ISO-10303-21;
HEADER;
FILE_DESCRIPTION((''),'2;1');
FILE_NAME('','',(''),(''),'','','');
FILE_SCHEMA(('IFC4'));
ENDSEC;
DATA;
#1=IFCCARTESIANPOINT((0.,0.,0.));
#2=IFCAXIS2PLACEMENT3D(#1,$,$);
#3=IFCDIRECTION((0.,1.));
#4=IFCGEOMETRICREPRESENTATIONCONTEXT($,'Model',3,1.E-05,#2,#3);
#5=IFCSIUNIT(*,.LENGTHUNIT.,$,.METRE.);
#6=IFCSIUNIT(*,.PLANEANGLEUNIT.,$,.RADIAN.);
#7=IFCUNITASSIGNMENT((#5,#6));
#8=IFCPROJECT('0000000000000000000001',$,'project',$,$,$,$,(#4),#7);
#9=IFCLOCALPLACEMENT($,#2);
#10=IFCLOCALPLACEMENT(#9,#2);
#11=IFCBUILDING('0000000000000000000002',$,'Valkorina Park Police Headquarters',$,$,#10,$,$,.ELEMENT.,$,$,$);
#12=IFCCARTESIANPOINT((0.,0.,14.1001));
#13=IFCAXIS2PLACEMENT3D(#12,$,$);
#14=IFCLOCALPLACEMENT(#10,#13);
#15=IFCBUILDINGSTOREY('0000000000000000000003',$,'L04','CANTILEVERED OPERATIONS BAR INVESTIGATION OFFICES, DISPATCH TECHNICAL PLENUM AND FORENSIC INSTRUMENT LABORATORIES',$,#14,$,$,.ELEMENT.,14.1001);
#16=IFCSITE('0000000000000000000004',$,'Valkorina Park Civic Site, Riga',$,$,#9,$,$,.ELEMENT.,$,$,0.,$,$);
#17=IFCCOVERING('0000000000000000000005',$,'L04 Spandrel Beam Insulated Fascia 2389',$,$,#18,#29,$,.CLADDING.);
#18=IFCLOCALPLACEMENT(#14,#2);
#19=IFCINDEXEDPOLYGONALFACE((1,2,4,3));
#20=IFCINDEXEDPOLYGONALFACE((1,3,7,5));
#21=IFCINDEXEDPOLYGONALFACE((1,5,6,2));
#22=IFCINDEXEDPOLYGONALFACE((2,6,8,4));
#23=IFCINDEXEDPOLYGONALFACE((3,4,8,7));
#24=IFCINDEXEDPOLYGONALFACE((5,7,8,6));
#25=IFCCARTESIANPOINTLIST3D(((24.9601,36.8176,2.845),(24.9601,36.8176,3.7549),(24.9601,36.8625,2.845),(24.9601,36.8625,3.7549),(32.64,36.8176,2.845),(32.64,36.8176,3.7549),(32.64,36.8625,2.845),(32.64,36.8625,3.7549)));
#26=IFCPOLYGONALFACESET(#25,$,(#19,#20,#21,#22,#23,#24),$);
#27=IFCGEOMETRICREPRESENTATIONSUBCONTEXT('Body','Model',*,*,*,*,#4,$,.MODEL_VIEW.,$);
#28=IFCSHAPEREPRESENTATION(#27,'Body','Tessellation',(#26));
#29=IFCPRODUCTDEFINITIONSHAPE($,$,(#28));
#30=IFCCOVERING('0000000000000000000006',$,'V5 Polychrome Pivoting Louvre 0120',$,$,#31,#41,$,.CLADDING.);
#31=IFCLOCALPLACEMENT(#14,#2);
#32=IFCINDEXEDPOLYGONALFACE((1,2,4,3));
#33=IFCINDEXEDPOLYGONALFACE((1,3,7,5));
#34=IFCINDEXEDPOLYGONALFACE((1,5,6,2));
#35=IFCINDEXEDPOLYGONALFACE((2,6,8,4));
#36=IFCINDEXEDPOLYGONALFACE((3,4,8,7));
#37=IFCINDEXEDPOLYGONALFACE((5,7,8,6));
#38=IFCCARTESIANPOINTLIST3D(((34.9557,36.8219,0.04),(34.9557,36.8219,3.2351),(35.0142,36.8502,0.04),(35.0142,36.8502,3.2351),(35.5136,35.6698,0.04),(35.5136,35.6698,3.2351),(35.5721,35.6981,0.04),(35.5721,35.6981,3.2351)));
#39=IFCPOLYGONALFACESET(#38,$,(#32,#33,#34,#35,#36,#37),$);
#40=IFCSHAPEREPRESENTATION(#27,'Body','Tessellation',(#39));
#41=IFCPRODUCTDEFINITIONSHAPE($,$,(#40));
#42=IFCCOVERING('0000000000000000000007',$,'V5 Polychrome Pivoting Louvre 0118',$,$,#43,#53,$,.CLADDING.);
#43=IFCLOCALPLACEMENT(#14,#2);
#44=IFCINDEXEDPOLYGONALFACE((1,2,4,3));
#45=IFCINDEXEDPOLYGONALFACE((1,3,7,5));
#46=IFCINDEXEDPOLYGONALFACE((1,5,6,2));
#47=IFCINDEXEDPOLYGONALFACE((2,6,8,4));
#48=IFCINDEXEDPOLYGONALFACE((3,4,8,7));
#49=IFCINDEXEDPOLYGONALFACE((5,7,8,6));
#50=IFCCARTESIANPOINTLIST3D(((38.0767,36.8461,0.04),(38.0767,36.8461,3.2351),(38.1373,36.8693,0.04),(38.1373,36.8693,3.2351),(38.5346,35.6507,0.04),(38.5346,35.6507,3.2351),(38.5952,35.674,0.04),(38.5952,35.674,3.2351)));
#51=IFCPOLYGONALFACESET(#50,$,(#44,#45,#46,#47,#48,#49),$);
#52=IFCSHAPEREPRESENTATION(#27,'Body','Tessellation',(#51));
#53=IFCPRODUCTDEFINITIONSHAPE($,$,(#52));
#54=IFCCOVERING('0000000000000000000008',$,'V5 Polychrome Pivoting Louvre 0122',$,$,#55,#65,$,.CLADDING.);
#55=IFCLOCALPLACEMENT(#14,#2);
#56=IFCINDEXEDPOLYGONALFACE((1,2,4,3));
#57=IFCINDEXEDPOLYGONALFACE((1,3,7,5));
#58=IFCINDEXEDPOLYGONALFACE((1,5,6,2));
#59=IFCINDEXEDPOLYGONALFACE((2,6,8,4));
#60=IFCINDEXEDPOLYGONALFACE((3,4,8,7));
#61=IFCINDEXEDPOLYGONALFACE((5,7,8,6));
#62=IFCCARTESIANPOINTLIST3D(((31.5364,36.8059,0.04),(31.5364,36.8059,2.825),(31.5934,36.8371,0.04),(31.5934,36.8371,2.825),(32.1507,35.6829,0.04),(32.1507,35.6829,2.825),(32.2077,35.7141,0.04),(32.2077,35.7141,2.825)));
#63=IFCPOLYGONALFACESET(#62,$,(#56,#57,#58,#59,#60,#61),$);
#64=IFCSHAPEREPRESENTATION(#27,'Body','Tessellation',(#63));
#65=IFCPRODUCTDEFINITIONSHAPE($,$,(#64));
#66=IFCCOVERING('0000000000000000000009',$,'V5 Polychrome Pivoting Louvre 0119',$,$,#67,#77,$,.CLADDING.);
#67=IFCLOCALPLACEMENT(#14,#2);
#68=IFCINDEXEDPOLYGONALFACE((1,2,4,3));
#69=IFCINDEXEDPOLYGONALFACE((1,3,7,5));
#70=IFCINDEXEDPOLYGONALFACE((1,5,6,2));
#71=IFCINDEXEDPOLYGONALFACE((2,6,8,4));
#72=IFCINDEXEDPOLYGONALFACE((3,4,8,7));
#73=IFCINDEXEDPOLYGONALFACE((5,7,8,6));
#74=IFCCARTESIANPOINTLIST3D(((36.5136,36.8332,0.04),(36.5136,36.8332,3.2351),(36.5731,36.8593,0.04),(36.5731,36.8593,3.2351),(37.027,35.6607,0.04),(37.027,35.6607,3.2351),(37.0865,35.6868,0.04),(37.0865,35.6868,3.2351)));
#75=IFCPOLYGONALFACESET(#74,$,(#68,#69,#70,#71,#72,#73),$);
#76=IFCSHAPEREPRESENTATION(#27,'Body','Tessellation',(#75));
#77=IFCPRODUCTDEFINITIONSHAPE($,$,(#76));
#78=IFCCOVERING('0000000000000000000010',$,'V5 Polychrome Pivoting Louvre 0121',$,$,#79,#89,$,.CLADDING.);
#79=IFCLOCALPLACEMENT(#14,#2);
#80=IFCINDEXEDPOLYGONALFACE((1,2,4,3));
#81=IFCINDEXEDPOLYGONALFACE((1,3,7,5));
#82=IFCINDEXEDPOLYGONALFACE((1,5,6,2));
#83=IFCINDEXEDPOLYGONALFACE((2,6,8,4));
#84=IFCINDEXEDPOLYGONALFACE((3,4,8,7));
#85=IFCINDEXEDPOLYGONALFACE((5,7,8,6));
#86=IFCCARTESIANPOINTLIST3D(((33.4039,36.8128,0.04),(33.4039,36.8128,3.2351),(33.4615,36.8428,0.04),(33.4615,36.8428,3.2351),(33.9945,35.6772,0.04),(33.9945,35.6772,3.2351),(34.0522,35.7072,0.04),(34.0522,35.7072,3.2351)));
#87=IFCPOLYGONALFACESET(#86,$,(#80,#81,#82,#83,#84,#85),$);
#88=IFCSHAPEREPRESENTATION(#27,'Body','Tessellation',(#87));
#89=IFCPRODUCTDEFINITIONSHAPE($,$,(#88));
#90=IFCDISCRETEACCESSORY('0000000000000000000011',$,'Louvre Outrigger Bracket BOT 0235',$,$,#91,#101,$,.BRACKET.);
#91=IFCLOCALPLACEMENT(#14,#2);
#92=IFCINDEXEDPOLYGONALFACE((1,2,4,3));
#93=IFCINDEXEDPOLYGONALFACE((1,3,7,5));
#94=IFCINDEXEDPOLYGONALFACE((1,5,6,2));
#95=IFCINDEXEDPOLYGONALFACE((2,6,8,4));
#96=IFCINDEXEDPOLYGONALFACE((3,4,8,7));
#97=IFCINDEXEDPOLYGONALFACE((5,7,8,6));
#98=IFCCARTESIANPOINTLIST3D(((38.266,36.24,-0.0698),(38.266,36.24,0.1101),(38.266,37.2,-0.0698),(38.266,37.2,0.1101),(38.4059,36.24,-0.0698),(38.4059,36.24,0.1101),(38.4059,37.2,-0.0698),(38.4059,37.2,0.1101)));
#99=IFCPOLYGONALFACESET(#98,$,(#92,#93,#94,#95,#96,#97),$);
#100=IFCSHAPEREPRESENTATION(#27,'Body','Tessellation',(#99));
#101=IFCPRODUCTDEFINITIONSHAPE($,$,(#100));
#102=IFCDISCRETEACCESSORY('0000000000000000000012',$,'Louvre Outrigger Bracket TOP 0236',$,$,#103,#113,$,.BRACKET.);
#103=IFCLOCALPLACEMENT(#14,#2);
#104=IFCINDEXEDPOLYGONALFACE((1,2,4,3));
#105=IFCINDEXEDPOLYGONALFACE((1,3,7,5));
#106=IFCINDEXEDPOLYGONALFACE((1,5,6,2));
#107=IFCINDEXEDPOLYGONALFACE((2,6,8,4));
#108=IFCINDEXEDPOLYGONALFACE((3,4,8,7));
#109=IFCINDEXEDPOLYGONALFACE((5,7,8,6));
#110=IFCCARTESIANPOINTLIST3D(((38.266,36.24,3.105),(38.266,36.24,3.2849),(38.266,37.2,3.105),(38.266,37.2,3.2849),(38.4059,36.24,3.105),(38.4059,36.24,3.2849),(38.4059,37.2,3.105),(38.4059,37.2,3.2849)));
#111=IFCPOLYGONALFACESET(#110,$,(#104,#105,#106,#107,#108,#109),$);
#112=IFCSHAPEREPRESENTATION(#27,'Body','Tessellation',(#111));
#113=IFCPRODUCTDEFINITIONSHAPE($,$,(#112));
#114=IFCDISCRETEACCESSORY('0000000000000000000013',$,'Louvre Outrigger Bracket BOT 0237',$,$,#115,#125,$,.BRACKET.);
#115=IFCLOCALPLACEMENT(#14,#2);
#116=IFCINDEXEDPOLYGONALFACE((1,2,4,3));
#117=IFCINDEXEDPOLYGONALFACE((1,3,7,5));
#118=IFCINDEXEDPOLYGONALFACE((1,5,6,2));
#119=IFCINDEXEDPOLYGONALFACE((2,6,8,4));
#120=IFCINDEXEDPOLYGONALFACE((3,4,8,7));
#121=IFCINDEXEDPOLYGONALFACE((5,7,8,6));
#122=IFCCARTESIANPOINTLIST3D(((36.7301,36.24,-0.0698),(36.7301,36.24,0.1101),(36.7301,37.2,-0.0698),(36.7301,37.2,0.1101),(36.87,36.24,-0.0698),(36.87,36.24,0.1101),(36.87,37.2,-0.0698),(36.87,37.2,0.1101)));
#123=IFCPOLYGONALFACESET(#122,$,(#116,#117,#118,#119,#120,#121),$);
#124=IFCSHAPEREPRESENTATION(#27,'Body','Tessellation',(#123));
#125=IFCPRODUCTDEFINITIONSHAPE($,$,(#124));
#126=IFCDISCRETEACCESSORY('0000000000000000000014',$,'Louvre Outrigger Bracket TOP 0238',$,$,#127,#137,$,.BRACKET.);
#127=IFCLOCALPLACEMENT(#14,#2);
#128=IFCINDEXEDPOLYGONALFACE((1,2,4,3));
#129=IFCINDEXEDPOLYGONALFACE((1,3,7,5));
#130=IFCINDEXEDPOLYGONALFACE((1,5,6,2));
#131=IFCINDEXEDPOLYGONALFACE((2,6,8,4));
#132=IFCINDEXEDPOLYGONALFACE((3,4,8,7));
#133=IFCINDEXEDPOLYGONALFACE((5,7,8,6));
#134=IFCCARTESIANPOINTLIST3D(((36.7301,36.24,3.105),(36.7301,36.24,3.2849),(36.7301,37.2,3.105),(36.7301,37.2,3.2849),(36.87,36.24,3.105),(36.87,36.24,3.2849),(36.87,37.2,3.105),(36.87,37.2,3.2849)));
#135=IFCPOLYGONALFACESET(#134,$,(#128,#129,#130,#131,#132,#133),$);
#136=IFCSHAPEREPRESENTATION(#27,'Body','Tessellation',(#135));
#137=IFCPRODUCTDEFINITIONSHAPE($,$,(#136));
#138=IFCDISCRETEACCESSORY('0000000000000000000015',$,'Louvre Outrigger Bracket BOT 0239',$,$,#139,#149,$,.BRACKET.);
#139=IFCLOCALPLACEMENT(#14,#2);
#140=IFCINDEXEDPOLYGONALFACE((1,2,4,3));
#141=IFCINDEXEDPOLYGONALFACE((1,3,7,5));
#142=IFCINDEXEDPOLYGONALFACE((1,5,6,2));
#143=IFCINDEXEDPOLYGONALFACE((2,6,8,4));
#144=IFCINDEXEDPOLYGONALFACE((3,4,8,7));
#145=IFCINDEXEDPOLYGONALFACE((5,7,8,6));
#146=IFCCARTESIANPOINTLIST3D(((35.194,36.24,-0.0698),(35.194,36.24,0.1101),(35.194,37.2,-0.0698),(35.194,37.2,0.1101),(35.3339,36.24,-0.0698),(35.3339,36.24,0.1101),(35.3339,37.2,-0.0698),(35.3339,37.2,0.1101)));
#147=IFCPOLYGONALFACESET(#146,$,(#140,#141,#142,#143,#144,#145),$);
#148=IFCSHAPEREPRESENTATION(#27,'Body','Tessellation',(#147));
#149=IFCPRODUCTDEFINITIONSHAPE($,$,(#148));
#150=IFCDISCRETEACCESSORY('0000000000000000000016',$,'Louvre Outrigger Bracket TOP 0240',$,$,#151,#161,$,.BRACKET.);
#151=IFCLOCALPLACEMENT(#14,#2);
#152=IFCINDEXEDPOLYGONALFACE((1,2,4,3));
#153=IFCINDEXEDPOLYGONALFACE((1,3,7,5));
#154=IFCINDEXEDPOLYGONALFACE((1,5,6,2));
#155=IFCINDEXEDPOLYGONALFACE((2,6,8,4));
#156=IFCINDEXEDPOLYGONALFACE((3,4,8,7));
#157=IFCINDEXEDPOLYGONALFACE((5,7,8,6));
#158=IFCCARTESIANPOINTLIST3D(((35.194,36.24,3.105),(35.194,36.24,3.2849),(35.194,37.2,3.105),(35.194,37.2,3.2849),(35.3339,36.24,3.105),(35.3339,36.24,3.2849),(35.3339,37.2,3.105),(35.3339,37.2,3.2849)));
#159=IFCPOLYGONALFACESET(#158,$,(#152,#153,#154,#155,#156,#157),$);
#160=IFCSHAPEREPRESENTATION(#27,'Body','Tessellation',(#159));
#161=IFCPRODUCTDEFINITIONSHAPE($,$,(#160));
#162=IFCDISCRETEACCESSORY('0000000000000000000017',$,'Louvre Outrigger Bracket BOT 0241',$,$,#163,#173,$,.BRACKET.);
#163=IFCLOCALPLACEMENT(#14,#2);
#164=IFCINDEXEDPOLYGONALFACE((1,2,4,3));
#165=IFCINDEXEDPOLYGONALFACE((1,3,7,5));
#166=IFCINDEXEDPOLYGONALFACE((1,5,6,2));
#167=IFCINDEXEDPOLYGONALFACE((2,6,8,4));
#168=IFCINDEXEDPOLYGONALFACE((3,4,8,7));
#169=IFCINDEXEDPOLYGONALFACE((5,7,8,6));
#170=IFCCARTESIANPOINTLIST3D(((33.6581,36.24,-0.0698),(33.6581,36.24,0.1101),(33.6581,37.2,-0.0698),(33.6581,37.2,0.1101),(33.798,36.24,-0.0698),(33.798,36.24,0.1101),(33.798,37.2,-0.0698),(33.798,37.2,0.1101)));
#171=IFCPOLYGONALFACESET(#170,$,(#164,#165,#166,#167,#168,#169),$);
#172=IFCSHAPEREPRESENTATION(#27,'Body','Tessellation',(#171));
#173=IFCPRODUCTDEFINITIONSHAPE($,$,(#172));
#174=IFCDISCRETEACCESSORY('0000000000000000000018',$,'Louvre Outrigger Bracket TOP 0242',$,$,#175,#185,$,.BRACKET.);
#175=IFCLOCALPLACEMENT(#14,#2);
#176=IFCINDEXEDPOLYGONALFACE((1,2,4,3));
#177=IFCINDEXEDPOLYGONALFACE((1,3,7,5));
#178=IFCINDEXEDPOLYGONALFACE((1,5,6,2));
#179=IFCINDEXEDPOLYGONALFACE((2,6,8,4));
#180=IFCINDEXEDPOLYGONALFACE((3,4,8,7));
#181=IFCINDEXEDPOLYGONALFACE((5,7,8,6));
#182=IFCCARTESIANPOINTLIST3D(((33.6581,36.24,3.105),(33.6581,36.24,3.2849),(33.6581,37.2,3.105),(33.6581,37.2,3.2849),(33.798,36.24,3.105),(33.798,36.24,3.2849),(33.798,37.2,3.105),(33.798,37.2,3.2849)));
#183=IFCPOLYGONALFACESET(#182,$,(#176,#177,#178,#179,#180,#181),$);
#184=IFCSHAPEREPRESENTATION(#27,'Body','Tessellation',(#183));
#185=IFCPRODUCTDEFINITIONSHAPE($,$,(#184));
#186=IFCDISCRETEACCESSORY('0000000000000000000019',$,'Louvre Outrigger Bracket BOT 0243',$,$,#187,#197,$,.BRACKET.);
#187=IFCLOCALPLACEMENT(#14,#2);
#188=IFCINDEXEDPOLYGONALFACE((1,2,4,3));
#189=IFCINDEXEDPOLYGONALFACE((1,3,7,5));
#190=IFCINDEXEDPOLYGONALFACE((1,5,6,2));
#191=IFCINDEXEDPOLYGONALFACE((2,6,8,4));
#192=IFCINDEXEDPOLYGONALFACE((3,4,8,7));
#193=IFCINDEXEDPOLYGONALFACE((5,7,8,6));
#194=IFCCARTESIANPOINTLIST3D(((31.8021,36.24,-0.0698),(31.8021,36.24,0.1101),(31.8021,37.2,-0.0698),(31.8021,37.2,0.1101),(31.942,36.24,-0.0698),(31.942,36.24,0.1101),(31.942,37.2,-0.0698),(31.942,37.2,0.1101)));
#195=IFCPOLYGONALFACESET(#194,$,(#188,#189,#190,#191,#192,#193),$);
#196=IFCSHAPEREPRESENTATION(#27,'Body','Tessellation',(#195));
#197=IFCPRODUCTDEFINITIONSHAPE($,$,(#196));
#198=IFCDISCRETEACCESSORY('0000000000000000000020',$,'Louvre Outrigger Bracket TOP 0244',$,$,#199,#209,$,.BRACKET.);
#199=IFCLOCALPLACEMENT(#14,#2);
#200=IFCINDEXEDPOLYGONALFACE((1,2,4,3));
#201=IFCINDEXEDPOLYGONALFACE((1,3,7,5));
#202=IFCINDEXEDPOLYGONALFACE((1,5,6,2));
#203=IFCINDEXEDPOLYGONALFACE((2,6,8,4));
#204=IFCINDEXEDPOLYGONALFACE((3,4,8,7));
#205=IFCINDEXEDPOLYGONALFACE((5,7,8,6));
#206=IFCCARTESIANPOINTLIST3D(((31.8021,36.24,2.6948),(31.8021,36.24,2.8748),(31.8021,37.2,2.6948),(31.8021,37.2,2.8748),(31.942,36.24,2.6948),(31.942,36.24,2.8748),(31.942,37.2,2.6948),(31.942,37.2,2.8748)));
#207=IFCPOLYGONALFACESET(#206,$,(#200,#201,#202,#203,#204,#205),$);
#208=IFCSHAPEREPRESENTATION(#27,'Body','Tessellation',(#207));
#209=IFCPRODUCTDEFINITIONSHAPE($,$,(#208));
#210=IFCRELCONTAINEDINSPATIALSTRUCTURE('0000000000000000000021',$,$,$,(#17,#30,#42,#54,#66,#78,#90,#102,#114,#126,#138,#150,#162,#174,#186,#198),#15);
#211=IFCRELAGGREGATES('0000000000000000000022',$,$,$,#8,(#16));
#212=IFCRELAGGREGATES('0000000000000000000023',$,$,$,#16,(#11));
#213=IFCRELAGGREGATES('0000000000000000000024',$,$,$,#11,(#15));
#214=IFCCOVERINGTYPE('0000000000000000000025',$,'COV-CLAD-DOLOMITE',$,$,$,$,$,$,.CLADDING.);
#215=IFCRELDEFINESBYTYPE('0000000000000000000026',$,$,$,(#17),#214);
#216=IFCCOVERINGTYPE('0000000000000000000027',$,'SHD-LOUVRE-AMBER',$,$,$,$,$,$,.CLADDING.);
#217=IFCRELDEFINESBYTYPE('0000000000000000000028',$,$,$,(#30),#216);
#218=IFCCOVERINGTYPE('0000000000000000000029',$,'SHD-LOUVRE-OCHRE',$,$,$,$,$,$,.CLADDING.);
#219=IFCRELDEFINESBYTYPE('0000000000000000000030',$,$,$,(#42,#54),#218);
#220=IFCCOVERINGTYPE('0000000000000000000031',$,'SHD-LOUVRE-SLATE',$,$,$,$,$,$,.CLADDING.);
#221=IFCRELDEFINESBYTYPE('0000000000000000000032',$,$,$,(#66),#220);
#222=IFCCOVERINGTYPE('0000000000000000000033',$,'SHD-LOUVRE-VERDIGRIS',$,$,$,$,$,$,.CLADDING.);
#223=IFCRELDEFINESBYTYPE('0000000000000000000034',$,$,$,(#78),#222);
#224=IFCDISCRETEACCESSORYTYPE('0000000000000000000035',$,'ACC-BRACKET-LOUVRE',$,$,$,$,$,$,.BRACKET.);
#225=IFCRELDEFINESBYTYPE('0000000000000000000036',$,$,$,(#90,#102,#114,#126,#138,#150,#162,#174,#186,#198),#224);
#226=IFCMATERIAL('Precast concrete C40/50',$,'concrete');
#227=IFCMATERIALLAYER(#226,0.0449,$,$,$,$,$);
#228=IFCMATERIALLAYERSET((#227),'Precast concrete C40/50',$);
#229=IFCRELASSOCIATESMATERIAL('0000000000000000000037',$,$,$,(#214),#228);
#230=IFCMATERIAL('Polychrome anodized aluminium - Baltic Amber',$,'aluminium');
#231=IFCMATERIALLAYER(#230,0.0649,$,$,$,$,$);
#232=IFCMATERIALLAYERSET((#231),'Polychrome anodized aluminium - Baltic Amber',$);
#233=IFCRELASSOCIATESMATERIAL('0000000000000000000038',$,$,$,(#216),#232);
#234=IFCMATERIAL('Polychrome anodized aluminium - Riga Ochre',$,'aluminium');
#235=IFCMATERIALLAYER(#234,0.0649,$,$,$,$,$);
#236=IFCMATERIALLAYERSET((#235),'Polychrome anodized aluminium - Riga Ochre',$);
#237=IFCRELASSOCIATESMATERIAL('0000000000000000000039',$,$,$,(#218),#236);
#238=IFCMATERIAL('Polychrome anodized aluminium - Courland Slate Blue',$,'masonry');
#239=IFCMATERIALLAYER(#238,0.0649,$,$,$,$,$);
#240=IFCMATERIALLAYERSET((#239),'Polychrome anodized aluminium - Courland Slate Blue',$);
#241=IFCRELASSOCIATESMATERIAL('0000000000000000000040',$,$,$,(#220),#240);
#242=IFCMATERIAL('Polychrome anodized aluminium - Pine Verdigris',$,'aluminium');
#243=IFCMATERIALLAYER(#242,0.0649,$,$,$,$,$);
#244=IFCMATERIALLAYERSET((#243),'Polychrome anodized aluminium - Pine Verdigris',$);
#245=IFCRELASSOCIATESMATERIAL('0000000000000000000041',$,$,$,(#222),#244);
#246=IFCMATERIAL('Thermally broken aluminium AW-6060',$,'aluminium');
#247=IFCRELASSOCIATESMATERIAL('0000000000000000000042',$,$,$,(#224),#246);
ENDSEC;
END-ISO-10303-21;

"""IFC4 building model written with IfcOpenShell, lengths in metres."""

from ifc_helpers import new_model, si_unit, direction, frame, frame_2d, origin, origin_2d, place, context, subcontext, project, spatial, rectangle, extrude, material, layer, layer_set, type_object, element, save


model = new_model("IFC4")

# Units and contexts
model_context = context("Model", 3, precision=1e-05, world=origin(), true_north=direction((0.0, 1.0)))
body_context = subcontext(model_context, "Body", "Model", "MODEL_VIEW")
ifc_project = project(units=[si_unit("LENGTHUNIT", "METRE"), si_unit("PLANEANGLEUNIT", "RADIAN")], contexts=[model_context])

# Site, building, storey
site_placement = place(None, origin())
site = spatial("IfcSite", under=ifc_project, at=site_placement, Name="Valkorina Park Civic Site, Riga", CompositionType="ELEMENT", RefElevation=0.0)
building_placement = place(site_placement, origin())
building = spatial("IfcBuilding", under=site, at=building_placement, Name="Valkorina Park Police Headquarters", CompositionType="ELEMENT")
storey_placement = place(building_placement, frame((0.0, 0.0, 14.1001)))
storey = spatial("IfcBuildingStorey", under=building, at=storey_placement, Name="L04", Description="CANTILEVERED OPERATIONS BAR INVESTIGATION OFFICES, DISPATCH TECHNICAL PLENUM AND FORENSIC INSTRUMENT LABORATORIES", CompositionType="ELEMENT", Elevation=14.1001)

# Shared definitions
ifc_material_1 = material(Name="Thermally broken aluminium AW-6060", Category="aluminium")

# Coverings
ifc_material_2 = material(Name="Precast concrete C40/50", Category="concrete")
ifc_layer_1 = layer(ifc_material_2, 0.0449)
ifc_layer_set_1 = layer_set([ifc_layer_1], Name="Precast concrete C40/50")
covering_type_1 = type_object("IfcCoveringType", Name="COV-CLAD-DOLOMITE", PredefinedType="CLADDING", material=ifc_layer_set_1)
covering_1_placement = place(storey_placement, frame((32.6399, 36.8401, 2.845), z_axis=(0.0, 0.0, 1.0), x_axis=(-1.0, 0.0, 0.0)))
element("IfcCovering", 1, at=covering_1_placement, inside=storey, type_object=covering_type_1, Name="L04 Spandrel Beam Insulated Fascia 2389", PredefinedType="CLADDING", context=body_context, shape_type="SweptSolid", body=[
    extrude(rectangle(XDim=7.6799, YDim=0.0449, at=frame_2d((3.8398, 0.0))), origin(), (0.0, 0.0, 1.0), 0.9099),
])
ifc_material_3 = material(Name="Polychrome anodized aluminium - Baltic Amber", Category="aluminium")
ifc_layer_2 = layer(ifc_material_3, 0.0649)
ifc_layer_set_2 = layer_set([ifc_layer_2], Name="Polychrome anodized aluminium - Baltic Amber")
covering_type_2 = type_object("IfcCoveringType", Name="SHD-LOUVRE-AMBER", PredefinedType="CLADDING", material=ifc_layer_set_2)
covering_2_placement = place(storey_placement, frame((35.2639, 36.26, 0.04), z_axis=(0.0, 0.0, 1.0), x_axis=(0.43586, -0.900015, 0.0)))
element("IfcCovering", 2, at=covering_2_placement, inside=storey, type_object=covering_type_2, Name="V5 Polychrome Pivoting Louvre 0120", PredefinedType="CLADDING", context=body_context, shape_type="SweptSolid", body=[
    extrude(rectangle(XDim=1.28, YDim=0.0649, at=origin_2d()), origin(), (0.0, 0.0, 1.0), 3.1951),
])
ifc_material_4 = material(Name="Polychrome anodized aluminium - Riga Ochre", Category="aluminium")
ifc_layer_3 = layer(ifc_material_4, 0.0649)
ifc_layer_set_3 = layer_set([ifc_layer_3], Name="Polychrome anodized aluminium - Riga Ochre")
covering_type_3 = type_object("IfcCoveringType", Name="SHD-LOUVRE-OCHRE", PredefinedType="CLADDING", material=ifc_layer_set_3)
covering_3_placement = place(storey_placement, frame((38.3359, 36.26, 0.04), z_axis=(0.0, 0.0, 1.0), x_axis=(0.357716, -0.93383, 0.0)))
element("IfcCovering", 3, at=covering_3_placement, inside=storey, type_object=covering_type_3, Name="V5 Polychrome Pivoting Louvre 0118", PredefinedType="CLADDING", context=body_context, shape_type="SweptSolid", body=[
    extrude(rectangle(XDim=1.28, YDim=0.0649, at=origin_2d()), origin(), (0.0, 0.0, 1.0), 3.1951),
])
covering_4_placement = place(storey_placement, frame((31.8721, 36.26, 0.04), z_axis=(0.0, 0.0, 1.0), x_axis=(0.479917, -0.877314, 0.0)))
element("IfcCovering", 4, at=covering_4_placement, inside=storey, type_object=covering_type_3, Name="V5 Polychrome Pivoting Louvre 0122", PredefinedType="CLADDING", context=body_context, shape_type="SweptSolid", body=[
    extrude(rectangle(XDim=1.28, YDim=0.0649, at=origin_2d()), origin(), (0.0, 0.0, 1.0), 2.7849),
])
ifc_material_5 = material(Name="Polychrome anodized aluminium - Courland Slate Blue", Category="masonry")
ifc_layer_4 = layer(ifc_material_5, 0.0649)
ifc_layer_set_4 = layer_set([ifc_layer_4], Name="Polychrome anodized aluminium - Courland Slate Blue")
covering_type_4 = type_object("IfcCoveringType", Name="SHD-LOUVRE-SLATE", PredefinedType="CLADDING", material=ifc_layer_set_4)
covering_5_placement = place(storey_placement, frame((36.8, 36.26, 0.04), z_axis=(0.0, 0.0, 1.0), x_axis=(0.401149, -0.916013, 0.0)))
element("IfcCovering", 5, at=covering_5_placement, inside=storey, type_object=covering_type_4, Name="V5 Polychrome Pivoting Louvre 0119", PredefinedType="CLADDING", context=body_context, shape_type="SweptSolid", body=[
    extrude(rectangle(XDim=1.28, YDim=0.0649, at=origin_2d()), origin(), (0.0, 0.0, 1.0), 3.1951),
])
ifc_material_6 = material(Name="Polychrome anodized aluminium - Pine Verdigris", Category="aluminium")
ifc_layer_5 = layer(ifc_material_6, 0.0649)
ifc_layer_set_5 = layer_set([ifc_layer_5], Name="Polychrome anodized aluminium - Pine Verdigris")
covering_type_5 = type_object("IfcCoveringType", Name="SHD-LOUVRE-VERDIGRIS", PredefinedType="CLADDING", material=ifc_layer_set_5)
covering_6_placement = place(storey_placement, frame((33.728, 36.26, 0.04), z_axis=(0.0, 0.0, 1.0), x_axis=(0.461439, -0.887172, 0.0)))
element("IfcCovering", 6, at=covering_6_placement, inside=storey, type_object=covering_type_5, Name="V5 Polychrome Pivoting Louvre 0121", PredefinedType="CLADDING", context=body_context, shape_type="SweptSolid", body=[
    extrude(rectangle(XDim=1.28, YDim=0.0649, at=origin_2d()), origin(), (0.0, 0.0, 1.0), 3.1951),
])

# Discrete accessories
discrete_accessory_type = type_object("IfcDiscreteAccessoryType", Name="ACC-BRACKET-LOUVRE", PredefinedType="BRACKET", material=ifc_material_1)
for number, where, z_axis, x_axis, name in (
    (7, (38.3359, 36.72, -0.0698), (0.0, 0.0, 1.0), (0.0, -1.0, 0.0), "Louvre Outrigger Bracket BOT 0235"),
    (8, (38.3359, 36.72, 3.105), (0.0, 0.0, 1.0), (0.0, -1.0, 0.0), "Louvre Outrigger Bracket TOP 0236"),
    (9, (36.8, 36.72, -0.0698), (0.0, 0.0, 1.0), (0.0, -1.0, 0.0), "Louvre Outrigger Bracket BOT 0237"),
    (10, (36.8, 36.72, 3.105), (0.0, 0.0, 1.0), (0.0, -1.0, 0.0), "Louvre Outrigger Bracket TOP 0238"),
    (11, (35.2639, 36.72, -0.0698), (0.0, 0.0, 1.0), (0.0, -1.0, 0.0), "Louvre Outrigger Bracket BOT 0239"),
    (12, (35.2639, 36.72, 3.105), (0.0, 0.0, 1.0), (0.0, -1.0, 0.0), "Louvre Outrigger Bracket TOP 0240"),
    (13, (33.728, 36.72, -0.0698), (0.0, 0.0, 1.0), (0.0, -1.0, 0.0), "Louvre Outrigger Bracket BOT 0241"),
    (14, (33.728, 36.72, 3.105), (0.0, 0.0, 1.0), (0.0, -1.0, 0.0), "Louvre Outrigger Bracket TOP 0242"),
    (15, (31.8721, 36.72, -0.0698), (0.0, 0.0, 1.0), (0.0, -1.0, 0.0), "Louvre Outrigger Bracket BOT 0243"),
    (16, (31.8721, 36.72, 2.6948), (0.0, 0.0, 1.0), (0.0, -1.0, 0.0), "Louvre Outrigger Bracket TOP 0244"),
):
    element("IfcDiscreteAccessory", number, at=place(storey_placement, frame(where, z_axis=z_axis, x_axis=x_axis)), inside=storey, type_object=discrete_accessory_type, Name=name, PredefinedType="BRACKET", context=body_context, shape_type="SweptSolid", body=[
        extrude(rectangle(XDim=0.96, YDim=0.1399, at=origin_2d()), origin(), (0.0, 0.0, 1.0), 0.1799),
    ])

save(model, "model.ifc")
